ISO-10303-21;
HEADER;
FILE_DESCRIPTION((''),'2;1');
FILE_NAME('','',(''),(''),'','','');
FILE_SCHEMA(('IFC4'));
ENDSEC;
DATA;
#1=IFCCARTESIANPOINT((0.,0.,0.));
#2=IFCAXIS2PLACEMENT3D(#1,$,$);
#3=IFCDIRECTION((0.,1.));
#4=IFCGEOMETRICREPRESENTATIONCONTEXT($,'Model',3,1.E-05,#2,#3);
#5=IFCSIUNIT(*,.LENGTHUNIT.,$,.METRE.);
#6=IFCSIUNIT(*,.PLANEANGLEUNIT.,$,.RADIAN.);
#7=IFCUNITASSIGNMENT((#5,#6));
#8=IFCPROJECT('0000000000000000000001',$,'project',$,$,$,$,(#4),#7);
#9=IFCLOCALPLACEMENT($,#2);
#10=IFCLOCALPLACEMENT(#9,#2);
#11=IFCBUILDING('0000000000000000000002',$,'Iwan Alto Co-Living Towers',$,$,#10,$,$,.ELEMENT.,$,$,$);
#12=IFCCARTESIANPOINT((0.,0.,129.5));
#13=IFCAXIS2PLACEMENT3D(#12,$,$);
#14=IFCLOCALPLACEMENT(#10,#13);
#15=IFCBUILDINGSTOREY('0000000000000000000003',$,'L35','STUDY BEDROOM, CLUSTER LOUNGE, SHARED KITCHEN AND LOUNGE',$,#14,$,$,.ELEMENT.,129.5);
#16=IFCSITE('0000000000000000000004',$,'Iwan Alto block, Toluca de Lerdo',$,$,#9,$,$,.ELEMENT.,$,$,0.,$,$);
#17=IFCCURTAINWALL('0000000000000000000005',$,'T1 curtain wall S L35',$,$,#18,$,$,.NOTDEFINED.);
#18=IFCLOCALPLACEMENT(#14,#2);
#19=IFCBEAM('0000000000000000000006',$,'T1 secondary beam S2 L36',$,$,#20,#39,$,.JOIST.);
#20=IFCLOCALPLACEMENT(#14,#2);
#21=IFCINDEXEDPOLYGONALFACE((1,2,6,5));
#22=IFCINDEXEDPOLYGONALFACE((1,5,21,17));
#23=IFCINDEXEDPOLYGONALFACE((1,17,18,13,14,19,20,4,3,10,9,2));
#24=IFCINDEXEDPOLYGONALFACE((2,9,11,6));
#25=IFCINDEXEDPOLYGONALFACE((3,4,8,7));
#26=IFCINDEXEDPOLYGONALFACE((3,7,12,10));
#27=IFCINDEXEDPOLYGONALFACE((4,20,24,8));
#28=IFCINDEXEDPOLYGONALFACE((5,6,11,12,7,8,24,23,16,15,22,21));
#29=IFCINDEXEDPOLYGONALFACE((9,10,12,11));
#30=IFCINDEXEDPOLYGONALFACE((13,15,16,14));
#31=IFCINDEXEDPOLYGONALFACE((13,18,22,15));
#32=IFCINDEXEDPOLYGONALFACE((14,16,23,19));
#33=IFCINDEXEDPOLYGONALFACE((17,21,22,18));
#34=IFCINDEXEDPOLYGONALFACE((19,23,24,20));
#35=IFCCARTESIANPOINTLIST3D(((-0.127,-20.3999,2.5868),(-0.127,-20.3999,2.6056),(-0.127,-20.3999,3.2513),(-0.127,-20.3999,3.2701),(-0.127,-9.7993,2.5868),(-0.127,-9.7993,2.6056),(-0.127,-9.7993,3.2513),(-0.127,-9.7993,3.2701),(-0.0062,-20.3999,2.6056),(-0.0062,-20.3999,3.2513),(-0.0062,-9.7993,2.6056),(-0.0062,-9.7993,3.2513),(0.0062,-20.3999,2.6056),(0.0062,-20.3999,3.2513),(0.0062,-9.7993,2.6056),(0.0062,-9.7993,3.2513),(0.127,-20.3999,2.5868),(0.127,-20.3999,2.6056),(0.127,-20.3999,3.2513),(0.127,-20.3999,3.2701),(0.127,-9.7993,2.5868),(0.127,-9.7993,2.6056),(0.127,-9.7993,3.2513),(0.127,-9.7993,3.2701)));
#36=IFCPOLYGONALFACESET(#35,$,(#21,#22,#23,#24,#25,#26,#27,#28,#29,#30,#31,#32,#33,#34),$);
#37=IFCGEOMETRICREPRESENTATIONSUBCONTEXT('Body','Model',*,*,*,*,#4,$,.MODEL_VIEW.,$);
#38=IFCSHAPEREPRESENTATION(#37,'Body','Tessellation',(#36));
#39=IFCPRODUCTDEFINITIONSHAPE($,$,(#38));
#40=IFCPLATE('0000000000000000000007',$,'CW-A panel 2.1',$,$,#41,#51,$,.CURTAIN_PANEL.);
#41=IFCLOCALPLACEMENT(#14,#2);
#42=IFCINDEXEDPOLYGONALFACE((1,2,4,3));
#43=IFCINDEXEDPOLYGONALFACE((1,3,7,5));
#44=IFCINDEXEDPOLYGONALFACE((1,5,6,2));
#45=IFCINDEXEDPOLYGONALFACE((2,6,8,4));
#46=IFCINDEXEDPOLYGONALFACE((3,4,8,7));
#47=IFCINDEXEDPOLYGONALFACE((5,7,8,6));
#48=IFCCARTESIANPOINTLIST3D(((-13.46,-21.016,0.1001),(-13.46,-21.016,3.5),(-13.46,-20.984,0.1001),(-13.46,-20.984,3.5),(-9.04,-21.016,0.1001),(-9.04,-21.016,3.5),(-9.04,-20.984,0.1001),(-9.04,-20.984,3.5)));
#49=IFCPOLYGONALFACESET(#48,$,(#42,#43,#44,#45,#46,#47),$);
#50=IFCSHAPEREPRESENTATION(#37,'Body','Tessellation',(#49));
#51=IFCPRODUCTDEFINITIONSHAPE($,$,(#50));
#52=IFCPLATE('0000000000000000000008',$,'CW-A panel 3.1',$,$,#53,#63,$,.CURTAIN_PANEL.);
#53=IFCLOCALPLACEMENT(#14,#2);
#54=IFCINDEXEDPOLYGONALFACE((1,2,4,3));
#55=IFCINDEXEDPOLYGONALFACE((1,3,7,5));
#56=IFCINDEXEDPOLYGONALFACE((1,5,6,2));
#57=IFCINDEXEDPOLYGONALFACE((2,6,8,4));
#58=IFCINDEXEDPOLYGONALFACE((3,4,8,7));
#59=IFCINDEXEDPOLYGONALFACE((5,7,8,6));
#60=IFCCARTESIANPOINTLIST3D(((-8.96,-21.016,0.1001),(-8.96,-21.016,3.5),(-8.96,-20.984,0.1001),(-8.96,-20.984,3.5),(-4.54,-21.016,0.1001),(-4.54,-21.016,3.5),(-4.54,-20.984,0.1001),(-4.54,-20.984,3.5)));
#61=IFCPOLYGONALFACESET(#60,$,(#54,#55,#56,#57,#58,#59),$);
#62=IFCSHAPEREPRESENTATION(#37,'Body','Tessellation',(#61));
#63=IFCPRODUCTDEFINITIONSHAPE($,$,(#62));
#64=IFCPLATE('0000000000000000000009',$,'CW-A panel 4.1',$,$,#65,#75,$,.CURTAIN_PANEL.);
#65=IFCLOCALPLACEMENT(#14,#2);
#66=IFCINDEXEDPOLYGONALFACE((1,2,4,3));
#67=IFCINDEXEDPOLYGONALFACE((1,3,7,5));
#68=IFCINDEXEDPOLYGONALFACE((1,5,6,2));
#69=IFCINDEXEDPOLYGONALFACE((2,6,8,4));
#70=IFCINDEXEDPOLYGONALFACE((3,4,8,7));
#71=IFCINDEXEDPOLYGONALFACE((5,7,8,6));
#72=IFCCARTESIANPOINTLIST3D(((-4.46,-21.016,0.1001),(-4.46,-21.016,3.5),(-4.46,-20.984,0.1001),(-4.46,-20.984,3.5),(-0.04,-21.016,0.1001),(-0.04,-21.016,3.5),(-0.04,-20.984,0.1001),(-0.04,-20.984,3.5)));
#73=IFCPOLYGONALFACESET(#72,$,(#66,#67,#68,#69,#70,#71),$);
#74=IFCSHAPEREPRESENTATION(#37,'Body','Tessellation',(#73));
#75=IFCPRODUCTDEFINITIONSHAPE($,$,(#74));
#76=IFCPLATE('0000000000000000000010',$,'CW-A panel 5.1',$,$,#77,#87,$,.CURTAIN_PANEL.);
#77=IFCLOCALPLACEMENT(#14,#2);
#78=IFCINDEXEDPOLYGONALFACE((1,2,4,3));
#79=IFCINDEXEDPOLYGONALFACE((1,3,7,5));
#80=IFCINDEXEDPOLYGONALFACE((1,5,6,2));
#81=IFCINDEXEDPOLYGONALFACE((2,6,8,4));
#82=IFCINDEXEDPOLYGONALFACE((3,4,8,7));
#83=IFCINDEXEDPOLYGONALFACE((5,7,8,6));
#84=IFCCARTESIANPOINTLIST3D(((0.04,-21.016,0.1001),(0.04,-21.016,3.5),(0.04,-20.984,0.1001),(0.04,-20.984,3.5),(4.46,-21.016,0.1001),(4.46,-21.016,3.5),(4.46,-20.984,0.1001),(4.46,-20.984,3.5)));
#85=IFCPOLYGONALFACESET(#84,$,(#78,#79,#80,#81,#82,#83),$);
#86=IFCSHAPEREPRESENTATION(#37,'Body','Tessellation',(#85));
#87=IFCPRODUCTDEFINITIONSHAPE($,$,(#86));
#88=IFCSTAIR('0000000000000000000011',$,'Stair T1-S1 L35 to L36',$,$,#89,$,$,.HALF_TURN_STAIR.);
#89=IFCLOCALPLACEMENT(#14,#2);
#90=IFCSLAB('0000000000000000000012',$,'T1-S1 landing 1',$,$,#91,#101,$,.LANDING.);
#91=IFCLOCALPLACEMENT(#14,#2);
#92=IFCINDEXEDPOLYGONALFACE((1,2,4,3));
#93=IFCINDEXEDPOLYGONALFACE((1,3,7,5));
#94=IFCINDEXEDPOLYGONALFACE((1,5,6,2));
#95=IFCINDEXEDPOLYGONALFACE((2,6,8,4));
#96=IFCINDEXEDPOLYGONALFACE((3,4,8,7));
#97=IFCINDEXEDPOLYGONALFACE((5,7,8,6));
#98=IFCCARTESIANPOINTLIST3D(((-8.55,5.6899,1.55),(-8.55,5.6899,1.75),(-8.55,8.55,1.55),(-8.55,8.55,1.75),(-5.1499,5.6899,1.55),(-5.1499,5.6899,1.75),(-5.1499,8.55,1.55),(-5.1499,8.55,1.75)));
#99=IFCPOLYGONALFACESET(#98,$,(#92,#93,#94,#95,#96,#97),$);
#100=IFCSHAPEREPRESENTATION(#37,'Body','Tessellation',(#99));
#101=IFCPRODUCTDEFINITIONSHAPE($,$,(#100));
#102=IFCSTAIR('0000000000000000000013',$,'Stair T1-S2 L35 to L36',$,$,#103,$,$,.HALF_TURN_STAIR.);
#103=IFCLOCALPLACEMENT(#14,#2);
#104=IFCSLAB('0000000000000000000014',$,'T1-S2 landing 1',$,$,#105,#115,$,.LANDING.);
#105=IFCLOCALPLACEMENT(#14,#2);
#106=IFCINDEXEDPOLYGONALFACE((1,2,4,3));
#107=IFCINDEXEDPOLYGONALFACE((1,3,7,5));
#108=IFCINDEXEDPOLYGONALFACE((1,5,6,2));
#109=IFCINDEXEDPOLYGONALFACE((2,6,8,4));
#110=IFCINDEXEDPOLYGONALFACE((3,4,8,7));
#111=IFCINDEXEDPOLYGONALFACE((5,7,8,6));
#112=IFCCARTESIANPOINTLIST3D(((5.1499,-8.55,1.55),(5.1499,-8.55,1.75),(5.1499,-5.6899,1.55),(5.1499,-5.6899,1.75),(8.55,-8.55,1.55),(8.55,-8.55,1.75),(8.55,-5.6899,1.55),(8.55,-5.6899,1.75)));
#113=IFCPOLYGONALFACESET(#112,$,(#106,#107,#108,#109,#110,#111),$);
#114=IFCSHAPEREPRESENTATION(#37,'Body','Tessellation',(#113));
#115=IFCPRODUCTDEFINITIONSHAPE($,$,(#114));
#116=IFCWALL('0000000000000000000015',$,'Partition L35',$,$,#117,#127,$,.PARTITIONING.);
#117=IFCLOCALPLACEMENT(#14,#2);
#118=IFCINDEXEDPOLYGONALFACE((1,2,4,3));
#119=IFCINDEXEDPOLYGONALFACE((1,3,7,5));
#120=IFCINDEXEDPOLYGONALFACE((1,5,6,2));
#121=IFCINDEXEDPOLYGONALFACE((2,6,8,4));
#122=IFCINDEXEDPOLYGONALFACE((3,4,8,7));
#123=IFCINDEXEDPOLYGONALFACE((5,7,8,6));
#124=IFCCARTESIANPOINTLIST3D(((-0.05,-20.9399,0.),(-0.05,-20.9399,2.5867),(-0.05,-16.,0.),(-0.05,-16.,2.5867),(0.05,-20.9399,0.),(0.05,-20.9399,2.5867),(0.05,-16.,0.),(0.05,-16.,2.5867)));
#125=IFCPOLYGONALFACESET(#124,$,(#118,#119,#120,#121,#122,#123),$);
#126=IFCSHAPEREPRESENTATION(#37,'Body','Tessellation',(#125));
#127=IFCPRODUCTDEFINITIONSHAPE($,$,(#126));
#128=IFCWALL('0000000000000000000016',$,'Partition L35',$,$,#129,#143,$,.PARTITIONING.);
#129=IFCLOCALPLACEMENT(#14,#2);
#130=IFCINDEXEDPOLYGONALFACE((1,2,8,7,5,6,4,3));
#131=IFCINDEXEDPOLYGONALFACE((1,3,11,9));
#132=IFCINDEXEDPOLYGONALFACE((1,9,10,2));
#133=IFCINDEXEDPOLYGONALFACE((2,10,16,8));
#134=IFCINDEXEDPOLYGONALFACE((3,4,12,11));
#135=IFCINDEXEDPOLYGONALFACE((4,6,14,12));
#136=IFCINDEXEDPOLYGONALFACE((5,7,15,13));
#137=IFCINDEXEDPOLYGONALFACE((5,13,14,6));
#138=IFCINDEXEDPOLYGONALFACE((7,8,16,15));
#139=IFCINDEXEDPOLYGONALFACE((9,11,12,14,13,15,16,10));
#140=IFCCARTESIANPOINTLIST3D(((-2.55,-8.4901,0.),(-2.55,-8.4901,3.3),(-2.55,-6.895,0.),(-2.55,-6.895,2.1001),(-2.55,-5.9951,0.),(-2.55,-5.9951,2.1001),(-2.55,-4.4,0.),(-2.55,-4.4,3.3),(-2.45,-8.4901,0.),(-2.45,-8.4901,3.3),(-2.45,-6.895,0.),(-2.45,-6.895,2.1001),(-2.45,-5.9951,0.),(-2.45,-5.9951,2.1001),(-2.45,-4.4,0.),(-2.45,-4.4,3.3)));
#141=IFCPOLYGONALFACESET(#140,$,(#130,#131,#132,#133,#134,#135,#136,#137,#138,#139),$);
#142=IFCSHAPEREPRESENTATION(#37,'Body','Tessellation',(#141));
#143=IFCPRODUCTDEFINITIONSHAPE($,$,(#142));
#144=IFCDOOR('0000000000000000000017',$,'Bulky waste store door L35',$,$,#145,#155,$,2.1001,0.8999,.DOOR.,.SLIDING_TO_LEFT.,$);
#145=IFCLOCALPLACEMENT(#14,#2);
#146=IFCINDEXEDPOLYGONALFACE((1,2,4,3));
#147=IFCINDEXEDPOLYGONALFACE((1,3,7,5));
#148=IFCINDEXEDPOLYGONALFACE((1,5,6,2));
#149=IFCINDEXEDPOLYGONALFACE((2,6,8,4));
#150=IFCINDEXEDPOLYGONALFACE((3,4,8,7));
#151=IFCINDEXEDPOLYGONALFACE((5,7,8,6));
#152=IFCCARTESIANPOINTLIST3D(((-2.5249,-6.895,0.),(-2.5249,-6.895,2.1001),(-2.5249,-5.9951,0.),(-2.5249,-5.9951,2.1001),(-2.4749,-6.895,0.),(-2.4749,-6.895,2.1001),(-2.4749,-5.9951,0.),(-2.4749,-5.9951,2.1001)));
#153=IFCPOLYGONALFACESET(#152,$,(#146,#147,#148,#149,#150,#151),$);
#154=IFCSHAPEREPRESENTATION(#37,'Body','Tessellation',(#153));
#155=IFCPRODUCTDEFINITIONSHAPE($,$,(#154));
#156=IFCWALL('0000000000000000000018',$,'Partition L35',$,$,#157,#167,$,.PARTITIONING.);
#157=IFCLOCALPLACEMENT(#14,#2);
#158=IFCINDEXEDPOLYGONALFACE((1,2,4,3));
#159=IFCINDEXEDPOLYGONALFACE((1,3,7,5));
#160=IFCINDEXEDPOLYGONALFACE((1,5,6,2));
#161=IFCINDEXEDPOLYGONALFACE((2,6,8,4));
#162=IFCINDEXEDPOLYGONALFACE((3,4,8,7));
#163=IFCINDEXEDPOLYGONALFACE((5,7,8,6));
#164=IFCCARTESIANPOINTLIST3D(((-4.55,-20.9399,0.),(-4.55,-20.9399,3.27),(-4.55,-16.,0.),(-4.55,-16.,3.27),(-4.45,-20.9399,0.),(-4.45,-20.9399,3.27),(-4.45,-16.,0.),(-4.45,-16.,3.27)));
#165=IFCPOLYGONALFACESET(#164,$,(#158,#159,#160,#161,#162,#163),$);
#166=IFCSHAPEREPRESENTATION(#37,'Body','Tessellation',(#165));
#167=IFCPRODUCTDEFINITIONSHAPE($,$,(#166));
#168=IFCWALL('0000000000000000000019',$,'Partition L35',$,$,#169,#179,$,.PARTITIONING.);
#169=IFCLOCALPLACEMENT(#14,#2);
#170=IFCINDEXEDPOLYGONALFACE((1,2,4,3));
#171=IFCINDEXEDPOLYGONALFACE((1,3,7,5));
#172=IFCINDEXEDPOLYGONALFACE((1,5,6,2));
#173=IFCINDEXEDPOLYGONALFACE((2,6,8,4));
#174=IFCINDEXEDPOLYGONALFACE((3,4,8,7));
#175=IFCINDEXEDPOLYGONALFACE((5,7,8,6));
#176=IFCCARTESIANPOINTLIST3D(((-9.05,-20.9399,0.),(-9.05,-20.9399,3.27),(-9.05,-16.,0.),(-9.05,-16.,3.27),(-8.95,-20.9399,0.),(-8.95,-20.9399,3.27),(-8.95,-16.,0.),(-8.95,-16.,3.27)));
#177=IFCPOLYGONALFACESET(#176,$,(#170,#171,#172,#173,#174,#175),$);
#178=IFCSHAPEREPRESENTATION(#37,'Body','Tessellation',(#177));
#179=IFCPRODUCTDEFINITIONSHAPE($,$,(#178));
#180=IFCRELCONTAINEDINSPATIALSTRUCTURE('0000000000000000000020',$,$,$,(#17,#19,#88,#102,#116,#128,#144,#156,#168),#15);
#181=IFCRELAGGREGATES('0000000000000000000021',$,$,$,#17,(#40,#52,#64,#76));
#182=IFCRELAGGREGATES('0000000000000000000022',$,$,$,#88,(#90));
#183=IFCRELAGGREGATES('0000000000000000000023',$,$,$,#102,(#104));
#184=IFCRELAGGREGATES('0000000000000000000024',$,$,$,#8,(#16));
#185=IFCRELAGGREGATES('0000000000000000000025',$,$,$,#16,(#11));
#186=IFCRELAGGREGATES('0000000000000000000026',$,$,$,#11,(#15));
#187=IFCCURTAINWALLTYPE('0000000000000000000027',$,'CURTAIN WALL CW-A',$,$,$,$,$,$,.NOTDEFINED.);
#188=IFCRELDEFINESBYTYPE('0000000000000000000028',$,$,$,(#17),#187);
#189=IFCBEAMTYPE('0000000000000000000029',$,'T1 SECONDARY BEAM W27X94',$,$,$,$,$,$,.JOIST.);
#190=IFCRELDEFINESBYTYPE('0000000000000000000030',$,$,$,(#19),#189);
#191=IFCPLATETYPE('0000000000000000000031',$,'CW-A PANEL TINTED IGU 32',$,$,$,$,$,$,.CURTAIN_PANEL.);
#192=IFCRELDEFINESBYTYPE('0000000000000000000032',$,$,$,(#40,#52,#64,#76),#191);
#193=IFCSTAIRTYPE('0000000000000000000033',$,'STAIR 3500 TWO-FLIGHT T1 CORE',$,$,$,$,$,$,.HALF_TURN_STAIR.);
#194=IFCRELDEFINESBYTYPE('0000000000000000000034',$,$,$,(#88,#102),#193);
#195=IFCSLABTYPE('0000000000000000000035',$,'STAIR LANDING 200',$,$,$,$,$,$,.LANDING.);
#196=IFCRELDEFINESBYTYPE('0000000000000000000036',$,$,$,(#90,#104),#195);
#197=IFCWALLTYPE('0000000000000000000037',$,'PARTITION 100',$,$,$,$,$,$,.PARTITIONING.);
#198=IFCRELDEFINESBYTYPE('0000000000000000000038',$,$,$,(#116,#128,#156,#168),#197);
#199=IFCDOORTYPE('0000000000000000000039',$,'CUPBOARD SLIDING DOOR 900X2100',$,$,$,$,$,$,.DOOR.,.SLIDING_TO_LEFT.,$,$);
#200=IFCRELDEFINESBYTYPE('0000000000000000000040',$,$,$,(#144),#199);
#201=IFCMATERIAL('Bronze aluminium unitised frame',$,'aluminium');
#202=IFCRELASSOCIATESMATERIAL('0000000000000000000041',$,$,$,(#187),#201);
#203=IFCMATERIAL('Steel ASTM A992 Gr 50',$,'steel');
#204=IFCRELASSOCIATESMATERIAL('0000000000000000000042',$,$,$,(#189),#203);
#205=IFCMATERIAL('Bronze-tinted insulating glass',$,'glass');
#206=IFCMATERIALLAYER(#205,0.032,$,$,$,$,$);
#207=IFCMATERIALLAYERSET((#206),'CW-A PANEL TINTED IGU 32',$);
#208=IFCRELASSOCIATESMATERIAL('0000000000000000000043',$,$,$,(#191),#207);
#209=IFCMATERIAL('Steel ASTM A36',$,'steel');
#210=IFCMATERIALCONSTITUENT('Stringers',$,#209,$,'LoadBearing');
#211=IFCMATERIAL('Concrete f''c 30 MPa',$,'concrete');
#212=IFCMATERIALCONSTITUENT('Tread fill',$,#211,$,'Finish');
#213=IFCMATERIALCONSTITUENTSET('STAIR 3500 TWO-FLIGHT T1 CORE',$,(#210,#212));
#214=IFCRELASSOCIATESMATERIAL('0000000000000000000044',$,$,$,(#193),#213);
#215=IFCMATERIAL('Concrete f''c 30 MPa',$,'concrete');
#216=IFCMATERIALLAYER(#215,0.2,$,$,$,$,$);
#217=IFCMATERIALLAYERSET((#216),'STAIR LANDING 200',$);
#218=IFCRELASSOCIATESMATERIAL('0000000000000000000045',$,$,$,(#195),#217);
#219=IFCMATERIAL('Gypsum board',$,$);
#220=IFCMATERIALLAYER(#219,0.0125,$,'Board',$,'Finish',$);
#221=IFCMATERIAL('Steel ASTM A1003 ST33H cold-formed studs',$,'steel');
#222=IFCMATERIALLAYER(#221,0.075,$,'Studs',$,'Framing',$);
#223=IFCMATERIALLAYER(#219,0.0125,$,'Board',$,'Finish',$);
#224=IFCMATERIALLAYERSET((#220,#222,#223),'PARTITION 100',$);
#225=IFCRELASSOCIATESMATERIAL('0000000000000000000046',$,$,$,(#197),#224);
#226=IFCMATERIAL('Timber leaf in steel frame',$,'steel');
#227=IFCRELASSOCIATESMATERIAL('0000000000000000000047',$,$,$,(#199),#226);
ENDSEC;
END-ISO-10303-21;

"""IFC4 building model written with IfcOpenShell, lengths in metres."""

from ifc_helpers import new_model, si_unit, direction, frame, frame_2d, origin, origin_2d, place, context, subcontext, project, spatial, polyline, rectangle, i_section, outline, extrude, material, layer, layer_set, constituent, constituent_set, material_profile, profile_set, type_object, element, fill, aggregate, save


model = new_model("IFC4")

# Units and contexts
model_context = context("Model", 3, precision=1e-05, world=origin(), true_north=direction((0.0, 1.0)))
body_context = subcontext(model_context, "Body", "Model", "MODEL_VIEW")
ifc_project = project(units=[si_unit("LENGTHUNIT", "METRE"), si_unit("PLANEANGLEUNIT", "RADIAN")], contexts=[model_context])

# Site, building, storey
site_placement = place(None, origin())
site = spatial("IfcSite", under=ifc_project, at=site_placement, Name="Iwan Alto block, Toluca de Lerdo", CompositionType="ELEMENT", RefElevation=0.0)
building_placement = place(site_placement, origin())
building = spatial("IfcBuilding", under=site, at=building_placement, Name="Iwan Alto Co-Living Towers", CompositionType="ELEMENT")
storey_placement = place(building_placement, frame((0.0, 0.0, 129.5)))
storey = spatial("IfcBuildingStorey", under=building, at=storey_placement, Name="L35", Description="STUDY BEDROOM, CLUSTER LOUNGE, SHARED KITCHEN AND LOUNGE", CompositionType="ELEMENT", Elevation=129.5)

# Curtain wall
ifc_material_1 = material(Name="Bronze aluminium unitised frame", Category="aluminium")
curtain_wall_type = type_object("IfcCurtainWallType", Name="CURTAIN WALL CW-A", PredefinedType="NOTDEFINED", material=ifc_material_1)
curtain_wall_placement = place(storey_placement, origin())
curtain_wall = element("IfcCurtainWall", 1, at=curtain_wall_placement, inside=storey, type_object=curtain_wall_type, Name="T1 curtain wall S L35", PredefinedType="NOTDEFINED")

# Beam
ifc_material_2 = material(Name="Steel ASTM A992 Gr 50", Category="steel")
ifc_material_profile_1 = material_profile(ifc_material_2, i_section(OverallWidth=0.2539, OverallDepth=0.6833, WebThickness=0.0125, FlangeThickness=0.0188, at=origin_2d()), Name="W27X94")
ifc_profile_set_1 = profile_set([ifc_material_profile_1], Name="Steel ASTM A992 Gr 50")
beam_type_1 = type_object("IfcBeamType", Name="T1 SECONDARY BEAM W27X94", PredefinedType="JOIST", material=ifc_profile_set_1)
for number, where, z_axis, x_axis, name in (
    (2, (0.0, -20.3999, 2.9285), (0.0, 1.0, 0.0), (-1.0, 0.0, 0.0), "T1 secondary beam S2 L36"),
):
    element("IfcBeam", number, at=place(storey_placement, frame(where, z_axis=z_axis, x_axis=x_axis)), inside=storey, type_object=beam_type_1, Name=name, PredefinedType="JOIST", context=body_context, shape_type="SweptSolid", body=[
        extrude(i_section(OverallWidth=0.2539, OverallDepth=0.6833, WebThickness=0.0125, FlangeThickness=0.0188, at=origin_2d()), origin(), (0.0, 0.0, 1.0), 10.6006),
    ])

# Plates
ifc_material_3 = material(Name="Bronze-tinted insulating glass", Category="glass")
ifc_layer_1 = layer(ifc_material_3, 0.032)
ifc_layer_set_1 = layer_set([ifc_layer_1], Name="CW-A PANEL TINTED IGU 32")
plate_type = type_object("IfcPlateType", Name="CW-A PANEL TINTED IGU 32", PredefinedType="CURTAIN_PANEL", material=ifc_layer_set_1)
plate_1_placement = place(storey_placement, frame((-11.25, -21.0, 0.1001), z_axis=(0.0, 0.0, 1.0), x_axis=(1.0, 0.0, 0.0)))
plate_1 = element("IfcPlate", 3, at=plate_1_placement, type_object=plate_type, Name="CW-A panel 2.1", PredefinedType="CURTAIN_PANEL", context=body_context, shape_type="SweptSolid", body=[
    extrude(rectangle(XDim=4.4199, YDim=0.032, at=origin_2d()), origin(), (0.0, 0.0, 1.0), 3.3999),
])
plate_2_placement = place(storey_placement, frame((-6.75, -21.0, 0.1001), z_axis=(0.0, 0.0, 1.0), x_axis=(1.0, 0.0, 0.0)))
plate_2 = element("IfcPlate", 4, at=plate_2_placement, type_object=plate_type, Name="CW-A panel 3.1", PredefinedType="CURTAIN_PANEL", context=body_context, shape_type="SweptSolid", body=[
    extrude(rectangle(XDim=4.4199, YDim=0.032, at=origin_2d()), origin(), (0.0, 0.0, 1.0), 3.3999),
])
plate_3_placement = place(storey_placement, frame((-2.25, -21.0, 0.1001), z_axis=(0.0, 0.0, 1.0), x_axis=(1.0, 0.0, 0.0)))
plate_3 = element("IfcPlate", 5, at=plate_3_placement, type_object=plate_type, Name="CW-A panel 4.1", PredefinedType="CURTAIN_PANEL", context=body_context, shape_type="SweptSolid", body=[
    extrude(rectangle(XDim=4.4199, YDim=0.032, at=origin_2d()), origin(), (0.0, 0.0, 1.0), 3.3999),
])
plate_4_placement = place(storey_placement, frame((2.25, -21.0, 0.1001), z_axis=(0.0, 0.0, 1.0), x_axis=(1.0, 0.0, 0.0)))
plate_4 = element("IfcPlate", 6, at=plate_4_placement, type_object=plate_type, Name="CW-A panel 5.1", PredefinedType="CURTAIN_PANEL", context=body_context, shape_type="SweptSolid", body=[
    extrude(rectangle(XDim=4.4199, YDim=0.032, at=origin_2d()), origin(), (0.0, 0.0, 1.0), 3.3999),
])
aggregate(curtain_wall, [plate_1, plate_2, plate_3, plate_4])

# Stairs, slabs
ifc_material_4 = material(Name="Steel ASTM A36", Category="steel")
ifc_constituent_1 = constituent(ifc_material_4, Name="Stringers", Category="LoadBearing")
ifc_material_5 = material(Name="Concrete f'c 30 MPa", Category="concrete")
ifc_constituent_2 = constituent(ifc_material_5, Name="Tread fill", Category="Finish")
ifc_constituent_set = constituent_set(constituents=[ifc_constituent_1, ifc_constituent_2], Name="STAIR 3500 TWO-FLIGHT T1 CORE")
stair_type = type_object("IfcStairType", Name="STAIR 3500 TWO-FLIGHT T1 CORE", PredefinedType="HALF_TURN_STAIR", material=ifc_constituent_set)
stair_1_placement = place(storey_placement, origin())
stair_1 = element("IfcStair", 7, at=stair_1_placement, inside=storey, type_object=stair_type, Name="Stair T1-S1 L35 to L36", PredefinedType="HALF_TURN_STAIR")
ifc_material_6 = material(Name="Concrete f'c 30 MPa", Category="concrete")
ifc_layer_2 = layer(ifc_material_6, 0.2)
ifc_layer_set_2 = layer_set([ifc_layer_2], Name="STAIR LANDING 200")
slab_type = type_object("IfcSlabType", Name="STAIR LANDING 200", PredefinedType="LANDING", material=ifc_layer_set_2)
slab_1_placement = place(storey_placement, frame((0.0, 0.0, 1.55)))
slab_1 = element("IfcSlab", 8, at=slab_1_placement, type_object=slab_type, Name="T1-S1 landing 1", PredefinedType="LANDING", context=body_context, shape_type="SweptSolid", body=[
    extrude(outline(polyline([(-8.55, 5.6899), (-8.55, 8.55), (-5.1499, 8.55), (-5.1499, 5.6899), (-8.55, 5.6899)])), origin(), (0.0, 0.0, 1.0), 0.2),
])
aggregate(stair_1, [slab_1])
stair_2_placement = place(storey_placement, origin())
stair_2 = element("IfcStair", 9, at=stair_2_placement, inside=storey, type_object=stair_type, Name="Stair T1-S2 L35 to L36", PredefinedType="HALF_TURN_STAIR")
slab_2_placement = place(storey_placement, frame((0.0, 0.0, 1.55)))
slab_2 = element("IfcSlab", 10, at=slab_2_placement, type_object=slab_type, Name="T1-S2 landing 1", PredefinedType="LANDING", context=body_context, shape_type="SweptSolid", body=[
    extrude(outline(polyline([(5.1499, -5.6899), (5.1499, -8.55), (8.55, -8.55), (8.55, -5.6899), (5.1499, -5.6899)])), origin(), (0.0, 0.0, 1.0), 0.2),
])
aggregate(stair_2, [slab_2])

# Wall
ifc_material_7 = material(Name="Gypsum board")
ifc_layer_3 = layer(ifc_material_7, 0.0125, Name="Board", Category="Finish")
ifc_material_8 = material(Name="Steel ASTM A1003 ST33H cold-formed studs", Category="steel")
ifc_layer_4 = layer(ifc_material_8, 0.075, Name="Studs", Category="Framing")
ifc_layer_5 = layer(ifc_material_7, 0.0125, Name="Board", Category="Finish")
ifc_layer_set_3 = layer_set([ifc_layer_3, ifc_layer_4, ifc_layer_5], Name="PARTITION 100")
wall_type_1 = type_object("IfcWallType", Name="PARTITION 100", PredefinedType="PARTITIONING", material=ifc_layer_set_3)
wall_1_placement = place(storey_placement, frame((0.0, -20.9399, 0.0), z_axis=(0.0, 0.0, 1.0), x_axis=(0.0, 1.0, 0.0)))
element("IfcWall", 11, at=wall_1_placement, inside=storey, type_object=wall_type_1, Name="Partition L35", PredefinedType="PARTITIONING", context=body_context, shape_type="SweptSolid", body=[
    extrude(rectangle(XDim=4.9399, YDim=0.1001, at=frame_2d((2.47, 0.0))), origin(), (0.0, 0.0, 1.0), 2.5867),
])

# Wall, opening, door
wall_2_placement = place(storey_placement, frame((-2.5, -8.49, 0.0), z_axis=(0.0, 0.0, 1.0), x_axis=(0.0, 1.0, 0.0)))
wall_2 = element("IfcWall", 12, at=wall_2_placement, inside=storey, type_object=wall_type_1, Name="Partition L35", PredefinedType="PARTITIONING", context=body_context, shape_type="SweptSolid", body=[
    extrude(rectangle(XDim=4.0901, YDim=0.1001, at=frame_2d((2.0449, 0.0))), origin(), (0.0, 0.0, 1.0), 3.3),
])
opening_placement = place(wall_2_placement, frame((1.595, 0.0, 0.0)))
opening = element("IfcOpeningElement", 13, at=opening_placement, cuts=wall_2, PredefinedType="OPENING", context=body_context, shape_type="SweptSolid", body=[
    extrude(rectangle(XDim=0.8999, YDim=2.1001, at=frame_2d((0.45, 1.05))), frame((0.0, 0.0601, 0.0), z_axis=(0.0, -1.0, 0.0), x_axis=(1.0, 0.0, 0.0)), (0.0, 0.0, 1.0), 0.1201),
])
ifc_material_9 = material(Name="Timber leaf in steel frame", Category="steel")
door_type = type_object("IfcDoorType", Name="CUPBOARD SLIDING DOOR 900X2100", OperationType="SLIDING_TO_LEFT", PredefinedType="DOOR", material=ifc_material_9)
door_placement = place(opening_placement, origin())
door = element("IfcDoor", 14, at=door_placement, inside=storey, type_object=door_type, Name="Bulky waste store door L35", OperationType="SLIDING_TO_LEFT", OverallHeight=2.1001, OverallWidth=0.8999, PredefinedType="DOOR", context=body_context, shape_type="SweptSolid", body=[
    extrude(rectangle(XDim=0.8999, YDim=2.1001, at=frame_2d((0.45, 1.05))), frame((0.0, 0.0249, 0.0), z_axis=(0.0, -1.0, 0.0), x_axis=(1.0, 0.0, 0.0)), (0.0, 0.0, 1.0), 0.05),
])
fill(opening, door)

# Walls
for number, where, z_axis, x_axis, name in (
    (15, (-4.5, -20.9399, 0.0), (0.0, 0.0, 1.0), (0.0, 1.0, 0.0), "Partition L35"),
    (16, (-9.0, -20.9399, 0.0), (0.0, 0.0, 1.0), (0.0, 1.0, 0.0), "Partition L35"),
):
    element("IfcWall", number, at=place(storey_placement, frame(where, z_axis=z_axis, x_axis=x_axis)), inside=storey, type_object=wall_type_1, Name=name, PredefinedType="PARTITIONING", context=body_context, shape_type="SweptSolid", body=[
        extrude(rectangle(XDim=4.9399, YDim=0.1001, at=frame_2d((2.47, 0.0))), origin(), (0.0, 0.0, 1.0), 3.27),
    ])

save(model, "model.ifc")
